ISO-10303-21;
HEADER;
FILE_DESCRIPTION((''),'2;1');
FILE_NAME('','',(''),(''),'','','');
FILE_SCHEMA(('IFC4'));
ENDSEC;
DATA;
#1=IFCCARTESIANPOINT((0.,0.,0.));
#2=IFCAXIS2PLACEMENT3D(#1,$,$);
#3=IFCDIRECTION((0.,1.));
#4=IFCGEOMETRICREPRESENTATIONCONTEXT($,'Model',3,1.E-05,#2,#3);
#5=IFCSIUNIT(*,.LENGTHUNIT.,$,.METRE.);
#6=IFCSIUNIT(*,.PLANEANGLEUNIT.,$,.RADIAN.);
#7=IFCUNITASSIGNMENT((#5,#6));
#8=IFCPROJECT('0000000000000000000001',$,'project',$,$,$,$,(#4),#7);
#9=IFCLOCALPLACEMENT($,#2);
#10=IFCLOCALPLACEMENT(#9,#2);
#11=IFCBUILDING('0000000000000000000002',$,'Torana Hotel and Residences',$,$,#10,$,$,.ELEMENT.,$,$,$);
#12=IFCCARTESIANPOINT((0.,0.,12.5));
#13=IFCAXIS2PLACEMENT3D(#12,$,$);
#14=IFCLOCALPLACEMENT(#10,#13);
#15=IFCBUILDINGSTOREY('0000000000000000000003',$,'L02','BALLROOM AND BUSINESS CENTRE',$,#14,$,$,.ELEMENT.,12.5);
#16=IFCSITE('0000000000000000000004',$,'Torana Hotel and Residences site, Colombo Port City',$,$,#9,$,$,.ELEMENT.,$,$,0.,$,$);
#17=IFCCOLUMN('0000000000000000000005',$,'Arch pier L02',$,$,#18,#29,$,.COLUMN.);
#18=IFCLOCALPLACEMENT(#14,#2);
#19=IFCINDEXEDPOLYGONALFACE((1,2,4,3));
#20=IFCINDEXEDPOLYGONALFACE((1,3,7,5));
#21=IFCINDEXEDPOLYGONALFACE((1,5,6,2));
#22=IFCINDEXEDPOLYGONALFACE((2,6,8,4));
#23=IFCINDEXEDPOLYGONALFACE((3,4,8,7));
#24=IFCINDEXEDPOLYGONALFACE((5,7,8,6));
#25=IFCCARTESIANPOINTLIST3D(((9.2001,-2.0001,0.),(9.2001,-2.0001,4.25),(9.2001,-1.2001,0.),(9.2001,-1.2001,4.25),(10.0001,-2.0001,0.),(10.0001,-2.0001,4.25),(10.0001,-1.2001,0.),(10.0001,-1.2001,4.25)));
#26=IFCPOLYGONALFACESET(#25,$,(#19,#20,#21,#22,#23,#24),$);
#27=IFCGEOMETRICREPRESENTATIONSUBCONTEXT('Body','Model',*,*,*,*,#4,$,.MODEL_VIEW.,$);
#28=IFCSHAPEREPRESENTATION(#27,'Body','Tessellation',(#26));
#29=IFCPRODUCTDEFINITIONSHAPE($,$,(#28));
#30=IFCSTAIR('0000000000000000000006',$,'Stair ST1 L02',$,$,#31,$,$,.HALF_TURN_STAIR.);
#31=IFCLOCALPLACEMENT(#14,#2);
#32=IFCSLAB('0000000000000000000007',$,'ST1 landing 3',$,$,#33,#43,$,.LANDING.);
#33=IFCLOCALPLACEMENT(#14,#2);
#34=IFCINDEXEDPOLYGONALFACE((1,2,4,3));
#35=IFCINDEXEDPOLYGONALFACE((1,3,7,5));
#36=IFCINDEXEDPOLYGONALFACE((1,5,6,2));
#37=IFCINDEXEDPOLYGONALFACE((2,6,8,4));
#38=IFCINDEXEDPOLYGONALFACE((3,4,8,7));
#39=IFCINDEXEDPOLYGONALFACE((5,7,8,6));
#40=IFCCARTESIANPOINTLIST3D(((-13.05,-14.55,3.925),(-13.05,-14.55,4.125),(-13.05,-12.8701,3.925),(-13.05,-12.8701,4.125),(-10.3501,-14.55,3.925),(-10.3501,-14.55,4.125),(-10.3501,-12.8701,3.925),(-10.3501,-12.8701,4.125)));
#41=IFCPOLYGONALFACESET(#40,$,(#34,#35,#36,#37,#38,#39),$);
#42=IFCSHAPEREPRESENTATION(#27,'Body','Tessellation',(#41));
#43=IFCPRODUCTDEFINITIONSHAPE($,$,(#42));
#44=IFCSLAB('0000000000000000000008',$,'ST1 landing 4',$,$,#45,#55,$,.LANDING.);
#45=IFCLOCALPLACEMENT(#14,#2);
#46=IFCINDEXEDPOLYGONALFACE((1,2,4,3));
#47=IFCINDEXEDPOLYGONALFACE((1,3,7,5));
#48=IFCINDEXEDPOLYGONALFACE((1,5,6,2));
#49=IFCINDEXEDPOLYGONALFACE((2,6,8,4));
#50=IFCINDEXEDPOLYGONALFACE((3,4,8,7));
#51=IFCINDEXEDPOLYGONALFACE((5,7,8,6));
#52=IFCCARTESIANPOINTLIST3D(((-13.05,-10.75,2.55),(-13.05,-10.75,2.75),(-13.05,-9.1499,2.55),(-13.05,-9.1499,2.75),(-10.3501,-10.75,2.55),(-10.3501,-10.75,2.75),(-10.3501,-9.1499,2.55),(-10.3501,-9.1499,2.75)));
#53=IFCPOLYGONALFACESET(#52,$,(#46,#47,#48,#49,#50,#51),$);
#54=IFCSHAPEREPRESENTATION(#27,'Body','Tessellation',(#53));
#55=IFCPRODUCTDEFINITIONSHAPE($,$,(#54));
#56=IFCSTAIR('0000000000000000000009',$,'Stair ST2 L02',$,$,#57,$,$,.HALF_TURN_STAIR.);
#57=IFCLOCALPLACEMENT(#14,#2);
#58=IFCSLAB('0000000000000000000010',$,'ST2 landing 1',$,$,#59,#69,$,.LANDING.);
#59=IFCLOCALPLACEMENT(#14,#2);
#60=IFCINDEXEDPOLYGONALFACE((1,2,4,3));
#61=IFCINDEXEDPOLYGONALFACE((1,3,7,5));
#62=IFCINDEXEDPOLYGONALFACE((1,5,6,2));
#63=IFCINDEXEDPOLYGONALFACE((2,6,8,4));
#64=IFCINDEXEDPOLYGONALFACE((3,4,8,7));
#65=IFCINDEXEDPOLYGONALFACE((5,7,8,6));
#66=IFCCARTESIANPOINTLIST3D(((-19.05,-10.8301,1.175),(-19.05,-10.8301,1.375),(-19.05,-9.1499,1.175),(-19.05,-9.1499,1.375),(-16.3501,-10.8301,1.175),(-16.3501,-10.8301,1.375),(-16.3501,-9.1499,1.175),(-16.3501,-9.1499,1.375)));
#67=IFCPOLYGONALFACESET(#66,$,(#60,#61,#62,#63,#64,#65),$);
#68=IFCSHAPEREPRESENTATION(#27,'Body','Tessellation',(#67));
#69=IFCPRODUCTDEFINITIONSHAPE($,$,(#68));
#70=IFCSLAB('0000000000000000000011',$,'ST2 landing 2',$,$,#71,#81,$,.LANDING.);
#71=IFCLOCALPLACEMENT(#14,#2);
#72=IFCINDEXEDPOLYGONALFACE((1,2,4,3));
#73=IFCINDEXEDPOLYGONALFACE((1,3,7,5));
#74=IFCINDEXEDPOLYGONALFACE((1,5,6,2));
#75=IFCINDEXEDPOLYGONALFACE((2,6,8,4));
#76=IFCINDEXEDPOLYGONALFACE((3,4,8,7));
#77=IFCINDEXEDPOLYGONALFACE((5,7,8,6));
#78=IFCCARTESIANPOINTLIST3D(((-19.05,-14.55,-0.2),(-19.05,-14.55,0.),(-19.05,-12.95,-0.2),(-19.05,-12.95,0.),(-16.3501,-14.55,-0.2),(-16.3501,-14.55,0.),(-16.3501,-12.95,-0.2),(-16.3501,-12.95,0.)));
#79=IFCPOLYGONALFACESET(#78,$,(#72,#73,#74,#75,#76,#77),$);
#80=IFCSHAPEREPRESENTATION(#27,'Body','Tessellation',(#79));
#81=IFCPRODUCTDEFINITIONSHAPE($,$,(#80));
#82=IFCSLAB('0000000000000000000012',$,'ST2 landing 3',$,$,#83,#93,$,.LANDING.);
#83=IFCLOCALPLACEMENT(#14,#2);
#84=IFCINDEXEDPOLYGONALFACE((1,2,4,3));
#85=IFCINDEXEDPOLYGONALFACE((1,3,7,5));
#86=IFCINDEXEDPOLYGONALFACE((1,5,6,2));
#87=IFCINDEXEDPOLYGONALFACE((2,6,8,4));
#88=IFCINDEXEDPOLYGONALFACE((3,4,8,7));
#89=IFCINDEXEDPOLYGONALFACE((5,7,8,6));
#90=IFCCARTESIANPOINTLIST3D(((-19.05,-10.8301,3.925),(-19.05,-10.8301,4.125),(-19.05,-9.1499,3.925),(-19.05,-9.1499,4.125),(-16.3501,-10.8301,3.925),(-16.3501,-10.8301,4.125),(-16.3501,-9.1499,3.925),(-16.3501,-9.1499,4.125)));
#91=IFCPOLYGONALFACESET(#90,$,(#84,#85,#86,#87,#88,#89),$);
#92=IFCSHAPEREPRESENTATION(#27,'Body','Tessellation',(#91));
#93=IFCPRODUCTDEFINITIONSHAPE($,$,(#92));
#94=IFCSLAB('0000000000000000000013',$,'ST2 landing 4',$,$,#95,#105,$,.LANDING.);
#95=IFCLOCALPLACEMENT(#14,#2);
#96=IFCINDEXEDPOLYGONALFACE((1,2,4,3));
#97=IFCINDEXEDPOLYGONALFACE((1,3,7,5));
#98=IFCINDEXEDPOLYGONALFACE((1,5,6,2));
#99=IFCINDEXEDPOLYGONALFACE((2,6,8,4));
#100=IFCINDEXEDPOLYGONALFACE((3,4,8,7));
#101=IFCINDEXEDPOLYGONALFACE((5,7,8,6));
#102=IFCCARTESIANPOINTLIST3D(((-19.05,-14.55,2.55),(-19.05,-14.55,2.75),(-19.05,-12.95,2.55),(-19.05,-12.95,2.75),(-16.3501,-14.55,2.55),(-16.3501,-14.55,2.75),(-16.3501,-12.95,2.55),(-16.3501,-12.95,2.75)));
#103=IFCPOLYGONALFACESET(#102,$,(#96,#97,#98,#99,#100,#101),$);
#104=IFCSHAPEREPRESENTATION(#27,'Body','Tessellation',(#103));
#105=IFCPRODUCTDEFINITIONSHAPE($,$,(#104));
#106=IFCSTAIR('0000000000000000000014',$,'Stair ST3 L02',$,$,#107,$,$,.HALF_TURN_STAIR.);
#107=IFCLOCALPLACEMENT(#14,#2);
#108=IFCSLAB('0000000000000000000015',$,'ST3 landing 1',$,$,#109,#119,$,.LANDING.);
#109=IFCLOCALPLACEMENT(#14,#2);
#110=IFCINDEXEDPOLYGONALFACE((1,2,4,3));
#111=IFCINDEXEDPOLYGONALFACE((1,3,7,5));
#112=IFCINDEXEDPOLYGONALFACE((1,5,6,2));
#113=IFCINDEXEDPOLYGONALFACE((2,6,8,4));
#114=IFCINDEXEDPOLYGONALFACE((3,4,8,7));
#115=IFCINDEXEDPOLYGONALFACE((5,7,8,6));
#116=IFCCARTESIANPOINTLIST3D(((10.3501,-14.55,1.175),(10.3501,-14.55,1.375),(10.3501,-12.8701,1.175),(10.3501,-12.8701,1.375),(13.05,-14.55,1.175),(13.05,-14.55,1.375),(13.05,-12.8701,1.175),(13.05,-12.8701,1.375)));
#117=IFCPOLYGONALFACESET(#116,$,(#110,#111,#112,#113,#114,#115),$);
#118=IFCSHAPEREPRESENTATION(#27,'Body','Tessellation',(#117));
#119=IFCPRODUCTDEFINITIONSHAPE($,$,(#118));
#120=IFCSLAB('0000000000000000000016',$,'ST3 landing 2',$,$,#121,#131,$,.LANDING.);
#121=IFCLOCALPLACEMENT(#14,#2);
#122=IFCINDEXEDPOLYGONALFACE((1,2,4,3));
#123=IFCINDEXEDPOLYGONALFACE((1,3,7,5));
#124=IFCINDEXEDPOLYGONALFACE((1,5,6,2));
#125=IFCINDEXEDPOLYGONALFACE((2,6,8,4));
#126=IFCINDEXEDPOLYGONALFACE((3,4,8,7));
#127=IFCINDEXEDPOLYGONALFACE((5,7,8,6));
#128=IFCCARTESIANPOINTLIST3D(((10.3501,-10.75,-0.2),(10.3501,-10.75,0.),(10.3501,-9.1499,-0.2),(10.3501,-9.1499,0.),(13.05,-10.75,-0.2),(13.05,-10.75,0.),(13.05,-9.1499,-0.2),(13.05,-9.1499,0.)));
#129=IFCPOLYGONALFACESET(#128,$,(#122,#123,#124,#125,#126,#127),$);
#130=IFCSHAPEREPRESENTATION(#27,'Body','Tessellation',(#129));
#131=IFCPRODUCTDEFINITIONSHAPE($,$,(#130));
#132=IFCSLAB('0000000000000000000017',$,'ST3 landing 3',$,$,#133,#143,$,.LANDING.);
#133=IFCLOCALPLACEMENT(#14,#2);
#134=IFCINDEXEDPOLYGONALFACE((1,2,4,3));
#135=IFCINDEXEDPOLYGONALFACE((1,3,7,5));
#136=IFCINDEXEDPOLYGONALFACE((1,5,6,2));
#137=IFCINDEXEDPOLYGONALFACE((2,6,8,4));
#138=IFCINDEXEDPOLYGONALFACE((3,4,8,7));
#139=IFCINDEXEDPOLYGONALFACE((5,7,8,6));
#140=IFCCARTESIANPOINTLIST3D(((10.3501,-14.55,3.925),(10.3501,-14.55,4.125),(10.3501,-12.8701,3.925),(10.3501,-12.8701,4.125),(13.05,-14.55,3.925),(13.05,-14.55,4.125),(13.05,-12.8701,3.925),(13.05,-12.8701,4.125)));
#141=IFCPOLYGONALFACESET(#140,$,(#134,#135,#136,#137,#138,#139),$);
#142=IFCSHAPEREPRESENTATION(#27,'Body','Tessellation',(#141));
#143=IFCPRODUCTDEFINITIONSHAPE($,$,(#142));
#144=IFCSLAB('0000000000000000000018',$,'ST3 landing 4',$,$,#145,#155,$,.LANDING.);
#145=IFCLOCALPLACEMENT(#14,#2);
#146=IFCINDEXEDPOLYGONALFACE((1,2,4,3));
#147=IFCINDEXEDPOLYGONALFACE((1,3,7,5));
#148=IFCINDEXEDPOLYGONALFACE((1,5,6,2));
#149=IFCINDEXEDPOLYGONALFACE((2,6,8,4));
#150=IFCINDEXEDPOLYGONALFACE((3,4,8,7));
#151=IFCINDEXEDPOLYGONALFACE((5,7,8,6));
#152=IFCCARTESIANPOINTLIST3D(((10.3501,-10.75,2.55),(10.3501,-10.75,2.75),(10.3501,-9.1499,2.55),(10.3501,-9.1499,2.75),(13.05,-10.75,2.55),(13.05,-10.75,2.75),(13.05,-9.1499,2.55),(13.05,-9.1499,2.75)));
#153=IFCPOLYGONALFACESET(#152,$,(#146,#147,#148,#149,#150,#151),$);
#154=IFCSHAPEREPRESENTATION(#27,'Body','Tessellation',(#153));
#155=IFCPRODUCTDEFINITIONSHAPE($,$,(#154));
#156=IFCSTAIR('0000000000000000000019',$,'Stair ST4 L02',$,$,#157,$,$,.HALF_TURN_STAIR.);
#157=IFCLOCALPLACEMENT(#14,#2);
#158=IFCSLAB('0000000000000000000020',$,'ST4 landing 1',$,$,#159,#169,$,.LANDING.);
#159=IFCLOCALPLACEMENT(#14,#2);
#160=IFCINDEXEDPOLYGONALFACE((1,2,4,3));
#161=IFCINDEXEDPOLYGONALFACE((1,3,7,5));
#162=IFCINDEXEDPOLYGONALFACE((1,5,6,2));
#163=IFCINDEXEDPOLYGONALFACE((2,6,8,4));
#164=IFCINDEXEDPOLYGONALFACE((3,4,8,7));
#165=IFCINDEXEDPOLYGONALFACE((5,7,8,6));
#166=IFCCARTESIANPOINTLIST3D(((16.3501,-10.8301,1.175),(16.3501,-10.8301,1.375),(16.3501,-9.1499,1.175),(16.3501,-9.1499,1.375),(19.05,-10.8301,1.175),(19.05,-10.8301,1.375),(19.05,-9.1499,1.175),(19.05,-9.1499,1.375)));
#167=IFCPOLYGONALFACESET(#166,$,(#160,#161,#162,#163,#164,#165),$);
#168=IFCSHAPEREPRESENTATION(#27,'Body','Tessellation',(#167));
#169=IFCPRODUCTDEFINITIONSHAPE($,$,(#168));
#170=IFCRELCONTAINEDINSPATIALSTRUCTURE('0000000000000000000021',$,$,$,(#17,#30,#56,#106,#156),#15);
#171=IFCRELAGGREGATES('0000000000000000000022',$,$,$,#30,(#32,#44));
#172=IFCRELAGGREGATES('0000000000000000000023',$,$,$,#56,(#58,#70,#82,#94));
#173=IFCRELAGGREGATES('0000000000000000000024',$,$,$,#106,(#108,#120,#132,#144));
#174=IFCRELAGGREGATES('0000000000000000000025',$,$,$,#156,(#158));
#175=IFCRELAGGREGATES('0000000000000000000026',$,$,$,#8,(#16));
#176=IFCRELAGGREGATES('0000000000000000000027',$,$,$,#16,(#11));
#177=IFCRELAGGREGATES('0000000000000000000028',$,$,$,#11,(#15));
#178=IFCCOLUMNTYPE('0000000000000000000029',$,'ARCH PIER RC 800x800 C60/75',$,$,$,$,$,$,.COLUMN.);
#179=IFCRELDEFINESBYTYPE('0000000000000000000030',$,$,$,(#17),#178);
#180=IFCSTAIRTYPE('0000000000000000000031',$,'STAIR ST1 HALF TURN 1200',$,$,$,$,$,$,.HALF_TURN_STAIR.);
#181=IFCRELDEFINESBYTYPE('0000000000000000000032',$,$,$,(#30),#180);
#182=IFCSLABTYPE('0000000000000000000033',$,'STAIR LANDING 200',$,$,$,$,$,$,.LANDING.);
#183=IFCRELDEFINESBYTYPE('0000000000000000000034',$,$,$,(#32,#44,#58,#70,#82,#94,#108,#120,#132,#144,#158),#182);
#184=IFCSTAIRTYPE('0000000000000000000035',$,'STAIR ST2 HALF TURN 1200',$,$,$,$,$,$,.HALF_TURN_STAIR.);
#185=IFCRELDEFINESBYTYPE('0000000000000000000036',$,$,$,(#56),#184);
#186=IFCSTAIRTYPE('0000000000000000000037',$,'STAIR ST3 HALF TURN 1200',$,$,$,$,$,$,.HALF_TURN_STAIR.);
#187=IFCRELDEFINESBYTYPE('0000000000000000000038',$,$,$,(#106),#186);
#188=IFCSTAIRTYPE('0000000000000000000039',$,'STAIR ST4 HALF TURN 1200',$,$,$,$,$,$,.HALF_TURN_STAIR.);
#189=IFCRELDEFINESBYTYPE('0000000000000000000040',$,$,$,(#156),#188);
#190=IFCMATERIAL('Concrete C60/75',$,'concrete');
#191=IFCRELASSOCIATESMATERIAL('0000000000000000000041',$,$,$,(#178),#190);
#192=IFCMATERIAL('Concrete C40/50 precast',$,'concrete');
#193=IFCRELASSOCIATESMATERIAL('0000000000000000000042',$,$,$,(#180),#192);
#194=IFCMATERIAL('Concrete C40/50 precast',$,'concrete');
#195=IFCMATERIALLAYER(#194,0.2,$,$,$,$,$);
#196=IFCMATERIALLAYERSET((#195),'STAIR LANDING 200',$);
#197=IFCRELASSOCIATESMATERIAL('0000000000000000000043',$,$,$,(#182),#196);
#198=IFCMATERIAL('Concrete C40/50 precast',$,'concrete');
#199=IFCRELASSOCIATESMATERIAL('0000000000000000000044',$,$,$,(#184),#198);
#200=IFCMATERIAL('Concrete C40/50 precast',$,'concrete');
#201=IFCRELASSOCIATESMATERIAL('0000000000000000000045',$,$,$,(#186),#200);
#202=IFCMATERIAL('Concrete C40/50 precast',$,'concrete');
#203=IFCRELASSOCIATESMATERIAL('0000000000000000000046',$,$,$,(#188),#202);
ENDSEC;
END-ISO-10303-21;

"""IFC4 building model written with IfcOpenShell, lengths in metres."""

from ifc_helpers import new_model, si_unit, direction, frame, origin, origin_2d, place, context, subcontext, project, spatial, polyline, rectangle, outline, extrude, material, layer, layer_set, material_profile, profile_set, type_object, element, aggregate, save


model = new_model("IFC4")

# Units and contexts
model_context = context("Model", 3, precision=1e-05, world=origin(), true_north=direction((0.0, 1.0)))
body_context = subcontext(model_context, "Body", "Model", "MODEL_VIEW")
ifc_project = project(units=[si_unit("LENGTHUNIT", "METRE"), si_unit("PLANEANGLEUNIT", "RADIAN")], contexts=[model_context])

# Site, building, storey
site_placement = place(None, origin())
site = spatial("IfcSite", under=ifc_project, at=site_placement, Name="Torana Hotel and Residences site, Colombo Port City", CompositionType="ELEMENT", RefElevation=0.0)
building_placement = place(site_placement, origin())
building = spatial("IfcBuilding", under=site, at=building_placement, Name="Torana Hotel and Residences", CompositionType="ELEMENT")
storey_placement = place(building_placement, frame((0.0, 0.0, 12.5)))
storey = spatial("IfcBuildingStorey", under=building, at=storey_placement, Name="L02", Description="BALLROOM AND BUSINESS CENTRE", CompositionType="ELEMENT", Elevation=12.5)

# Column
ifc_material_1 = material(Name="Concrete C60/75", Category="concrete")
ifc_material_profile = material_profile(ifc_material_1, rectangle(XDim=0.8, YDim=0.8, at=origin_2d()), Name="RC 800x800")
ifc_profile_set = profile_set([ifc_material_profile], Name="Concrete C60/75")
column_type = type_object("IfcColumnType", Name="ARCH PIER RC 800x800 C60/75", PredefinedType="COLUMN", material=ifc_profile_set)
column_placement = place(storey_placement, frame((9.6001, -1.6001, 0.0), z_axis=(0.0, 0.0, 1.0), x_axis=(1.0, 0.0, 0.0)))
element("IfcColumn", 1, at=column_placement, inside=storey, type_object=column_type, Name="Arch pier L02", PredefinedType="COLUMN", context=body_context, shape_type="SweptSolid", body=[
    extrude(rectangle(XDim=0.8, YDim=0.8, at=origin_2d()), origin(), (0.0, 0.0, 1.0), 4.25),
])

# Stairs, slabs
ifc_material_2 = material(Name="Concrete C40/50 precast", Category="concrete")
stair_type_1 = type_object("IfcStairType", Name="STAIR ST1 HALF TURN 1200", PredefinedType="HALF_TURN_STAIR", material=ifc_material_2)
stair_1_placement = place(storey_placement, origin())
stair_1 = element("IfcStair", 2, at=stair_1_placement, inside=storey, type_object=stair_type_1, Name="Stair ST1 L02", PredefinedType="HALF_TURN_STAIR")
ifc_material_3 = material(Name="Concrete C40/50 precast", Category="concrete")
ifc_layer_1 = layer(ifc_material_3, 0.2)
ifc_layer_set_1 = layer_set([ifc_layer_1], Name="STAIR LANDING 200")
slab_type = type_object("IfcSlabType", Name="STAIR LANDING 200", PredefinedType="LANDING", material=ifc_layer_set_1)
slab_1_placement = place(storey_placement, frame((0.0, 0.0, 3.925)))
slab_1 = element("IfcSlab", 3, at=slab_1_placement, type_object=slab_type, Name="ST1 landing 3", PredefinedType="LANDING", context=body_context, shape_type="SweptSolid", body=[
    extrude(outline(polyline([(-13.05, -14.55), (-10.3501, -14.55), (-10.3501, -12.8701), (-13.05, -12.8701), (-13.05, -14.55)])), origin(), (0.0, 0.0, 1.0), 0.2),
])
slab_2_placement = place(storey_placement, frame((0.0, 0.0, 2.55)))
slab_2 = element("IfcSlab", 4, at=slab_2_placement, type_object=slab_type, Name="ST1 landing 4", PredefinedType="LANDING", context=body_context, shape_type="SweptSolid", body=[
    extrude(outline(polyline([(-13.05, -10.75), (-10.3501, -10.75), (-10.3501, -9.1499), (-13.05, -9.1499), (-13.05, -10.75)])), origin(), (0.0, 0.0, 1.0), 0.2),
])
aggregate(stair_1, [slab_1, slab_2])
ifc_material_4 = material(Name="Concrete C40/50 precast", Category="concrete")
stair_type_2 = type_object("IfcStairType", Name="STAIR ST2 HALF TURN 1200", PredefinedType="HALF_TURN_STAIR", material=ifc_material_4)
stair_2_placement = place(storey_placement, origin())
stair_2 = element("IfcStair", 5, at=stair_2_placement, inside=storey, type_object=stair_type_2, Name="Stair ST2 L02", PredefinedType="HALF_TURN_STAIR")
slab_3_placement = place(storey_placement, frame((0.0, 0.0, 1.175)))
slab_3 = element("IfcSlab", 6, at=slab_3_placement, type_object=slab_type, Name="ST2 landing 1", PredefinedType="LANDING", context=body_context, shape_type="SweptSolid", body=[
    extrude(outline(polyline([(-19.05, -10.8301), (-16.3501, -10.8301), (-16.3501, -9.1499), (-19.05, -9.1499), (-19.05, -10.8301)])), origin(), (0.0, 0.0, 1.0), 0.2),
])
slab_4_placement = place(storey_placement, frame((0.0, 0.0, -0.2)))
slab_4 = element("IfcSlab", 7, at=slab_4_placement, type_object=slab_type, Name="ST2 landing 2", PredefinedType="LANDING", context=body_context, shape_type="SweptSolid", body=[
    extrude(outline(polyline([(-19.05, -14.55), (-16.3501, -14.55), (-16.3501, -12.95), (-19.05, -12.95), (-19.05, -14.55)])), origin(), (0.0, 0.0, 1.0), 0.2),
])
slab_5_placement = place(storey_placement, frame((0.0, 0.0, 3.925)))
slab_5 = element("IfcSlab", 8, at=slab_5_placement, type_object=slab_type, Name="ST2 landing 3", PredefinedType="LANDING", context=body_context, shape_type="SweptSolid", body=[
    extrude(outline(polyline([(-19.05, -10.8301), (-16.3501, -10.8301), (-16.3501, -9.1499), (-19.05, -9.1499), (-19.05, -10.8301)])), origin(), (0.0, 0.0, 1.0), 0.2),
])
slab_6_placement = place(storey_placement, frame((0.0, 0.0, 2.55)))
slab_6 = element("IfcSlab", 9, at=slab_6_placement, type_object=slab_type, Name="ST2 landing 4", PredefinedType="LANDING", context=body_context, shape_type="SweptSolid", body=[
    extrude(outline(polyline([(-19.05, -14.55), (-16.3501, -14.55), (-16.3501, -12.95), (-19.05, -12.95), (-19.05, -14.55)])), origin(), (0.0, 0.0, 1.0), 0.2),
])
aggregate(stair_2, [slab_3, slab_4, slab_5, slab_6])
ifc_material_5 = material(Name="Concrete C40/50 precast", Category="concrete")
stair_type_3 = type_object("IfcStairType", Name="STAIR ST3 HALF TURN 1200", PredefinedType="HALF_TURN_STAIR", material=ifc_material_5)
stair_3_placement = place(storey_placement, origin())
stair_3 = element("IfcStair", 10, at=stair_3_placement, inside=storey, type_object=stair_type_3, Name="Stair ST3 L02", PredefinedType="HALF_TURN_STAIR")
slab_7_placement = place(storey_placement, frame((0.0, 0.0, 1.175)))
slab_7 = element("IfcSlab", 11, at=slab_7_placement, type_object=slab_type, Name="ST3 landing 1", PredefinedType="LANDING", context=body_context, shape_type="SweptSolid", body=[
    extrude(outline(polyline([(10.3501, -14.55), (13.05, -14.55), (13.05, -12.8701), (10.3501, -12.8701), (10.3501, -14.55)])), origin(), (0.0, 0.0, 1.0), 0.2),
])
slab_8_placement = place(storey_placement, frame((0.0, 0.0, -0.2)))
slab_8 = element("IfcSlab", 12, at=slab_8_placement, type_object=slab_type, Name="ST3 landing 2", PredefinedType="LANDING", context=body_context, shape_type="SweptSolid", body=[
    extrude(outline(polyline([(10.3501, -10.75), (13.05, -10.75), (13.05, -9.1499), (10.3501, -9.1499), (10.3501, -10.75)])), origin(), (0.0, 0.0, 1.0), 0.2),
])
slab_9_placement = place(storey_placement, frame((0.0, 0.0, 3.925)))
slab_9 = element("IfcSlab", 13, at=slab_9_placement, type_object=slab_type, Name="ST3 landing 3", PredefinedType="LANDING", context=body_context, shape_type="SweptSolid", body=[
    extrude(outline(polyline([(10.3501, -14.55), (13.05, -14.55), (13.05, -12.8701), (10.3501, -12.8701), (10.3501, -14.55)])), origin(), (0.0, 0.0, 1.0), 0.2),
])
slab_10_placement = place(storey_placement, frame((0.0, 0.0, 2.55)))
slab_10 = element("IfcSlab", 14, at=slab_10_placement, type_object=slab_type, Name="ST3 landing 4", PredefinedType="LANDING", context=body_context, shape_type="SweptSolid", body=[
    extrude(outline(polyline([(10.3501, -10.75), (13.05, -10.75), (13.05, -9.1499), (10.3501, -9.1499), (10.3501, -10.75)])), origin(), (0.0, 0.0, 1.0), 0.2),
])
aggregate(stair_3, [slab_7, slab_8, slab_9, slab_10])

# Stair, slab
ifc_material_6 = material(Name="Concrete C40/50 precast", Category="concrete")
stair_type_4 = type_object("IfcStairType", Name="STAIR ST4 HALF TURN 1200", PredefinedType="HALF_TURN_STAIR", material=ifc_material_6)
stair_4_placement = place(storey_placement, origin())
stair_4 = element("IfcStair", 15, at=stair_4_placement, inside=storey, type_object=stair_type_4, Name="Stair ST4 L02", PredefinedType="HALF_TURN_STAIR")
slab_11_placement = place(storey_placement, frame((0.0, 0.0, 1.175)))
slab_11 = element("IfcSlab", 16, at=slab_11_placement, type_object=slab_type, Name="ST4 landing 1", PredefinedType="LANDING", context=body_context, shape_type="SweptSolid", body=[
    extrude(outline(polyline([(16.3501, -10.8301), (19.05, -10.8301), (19.05, -9.1499), (16.3501, -9.1499), (16.3501, -10.8301)])), origin(), (0.0, 0.0, 1.0), 0.2),
])
aggregate(stair_4, [slab_11])

save(model, "model.ifc")
